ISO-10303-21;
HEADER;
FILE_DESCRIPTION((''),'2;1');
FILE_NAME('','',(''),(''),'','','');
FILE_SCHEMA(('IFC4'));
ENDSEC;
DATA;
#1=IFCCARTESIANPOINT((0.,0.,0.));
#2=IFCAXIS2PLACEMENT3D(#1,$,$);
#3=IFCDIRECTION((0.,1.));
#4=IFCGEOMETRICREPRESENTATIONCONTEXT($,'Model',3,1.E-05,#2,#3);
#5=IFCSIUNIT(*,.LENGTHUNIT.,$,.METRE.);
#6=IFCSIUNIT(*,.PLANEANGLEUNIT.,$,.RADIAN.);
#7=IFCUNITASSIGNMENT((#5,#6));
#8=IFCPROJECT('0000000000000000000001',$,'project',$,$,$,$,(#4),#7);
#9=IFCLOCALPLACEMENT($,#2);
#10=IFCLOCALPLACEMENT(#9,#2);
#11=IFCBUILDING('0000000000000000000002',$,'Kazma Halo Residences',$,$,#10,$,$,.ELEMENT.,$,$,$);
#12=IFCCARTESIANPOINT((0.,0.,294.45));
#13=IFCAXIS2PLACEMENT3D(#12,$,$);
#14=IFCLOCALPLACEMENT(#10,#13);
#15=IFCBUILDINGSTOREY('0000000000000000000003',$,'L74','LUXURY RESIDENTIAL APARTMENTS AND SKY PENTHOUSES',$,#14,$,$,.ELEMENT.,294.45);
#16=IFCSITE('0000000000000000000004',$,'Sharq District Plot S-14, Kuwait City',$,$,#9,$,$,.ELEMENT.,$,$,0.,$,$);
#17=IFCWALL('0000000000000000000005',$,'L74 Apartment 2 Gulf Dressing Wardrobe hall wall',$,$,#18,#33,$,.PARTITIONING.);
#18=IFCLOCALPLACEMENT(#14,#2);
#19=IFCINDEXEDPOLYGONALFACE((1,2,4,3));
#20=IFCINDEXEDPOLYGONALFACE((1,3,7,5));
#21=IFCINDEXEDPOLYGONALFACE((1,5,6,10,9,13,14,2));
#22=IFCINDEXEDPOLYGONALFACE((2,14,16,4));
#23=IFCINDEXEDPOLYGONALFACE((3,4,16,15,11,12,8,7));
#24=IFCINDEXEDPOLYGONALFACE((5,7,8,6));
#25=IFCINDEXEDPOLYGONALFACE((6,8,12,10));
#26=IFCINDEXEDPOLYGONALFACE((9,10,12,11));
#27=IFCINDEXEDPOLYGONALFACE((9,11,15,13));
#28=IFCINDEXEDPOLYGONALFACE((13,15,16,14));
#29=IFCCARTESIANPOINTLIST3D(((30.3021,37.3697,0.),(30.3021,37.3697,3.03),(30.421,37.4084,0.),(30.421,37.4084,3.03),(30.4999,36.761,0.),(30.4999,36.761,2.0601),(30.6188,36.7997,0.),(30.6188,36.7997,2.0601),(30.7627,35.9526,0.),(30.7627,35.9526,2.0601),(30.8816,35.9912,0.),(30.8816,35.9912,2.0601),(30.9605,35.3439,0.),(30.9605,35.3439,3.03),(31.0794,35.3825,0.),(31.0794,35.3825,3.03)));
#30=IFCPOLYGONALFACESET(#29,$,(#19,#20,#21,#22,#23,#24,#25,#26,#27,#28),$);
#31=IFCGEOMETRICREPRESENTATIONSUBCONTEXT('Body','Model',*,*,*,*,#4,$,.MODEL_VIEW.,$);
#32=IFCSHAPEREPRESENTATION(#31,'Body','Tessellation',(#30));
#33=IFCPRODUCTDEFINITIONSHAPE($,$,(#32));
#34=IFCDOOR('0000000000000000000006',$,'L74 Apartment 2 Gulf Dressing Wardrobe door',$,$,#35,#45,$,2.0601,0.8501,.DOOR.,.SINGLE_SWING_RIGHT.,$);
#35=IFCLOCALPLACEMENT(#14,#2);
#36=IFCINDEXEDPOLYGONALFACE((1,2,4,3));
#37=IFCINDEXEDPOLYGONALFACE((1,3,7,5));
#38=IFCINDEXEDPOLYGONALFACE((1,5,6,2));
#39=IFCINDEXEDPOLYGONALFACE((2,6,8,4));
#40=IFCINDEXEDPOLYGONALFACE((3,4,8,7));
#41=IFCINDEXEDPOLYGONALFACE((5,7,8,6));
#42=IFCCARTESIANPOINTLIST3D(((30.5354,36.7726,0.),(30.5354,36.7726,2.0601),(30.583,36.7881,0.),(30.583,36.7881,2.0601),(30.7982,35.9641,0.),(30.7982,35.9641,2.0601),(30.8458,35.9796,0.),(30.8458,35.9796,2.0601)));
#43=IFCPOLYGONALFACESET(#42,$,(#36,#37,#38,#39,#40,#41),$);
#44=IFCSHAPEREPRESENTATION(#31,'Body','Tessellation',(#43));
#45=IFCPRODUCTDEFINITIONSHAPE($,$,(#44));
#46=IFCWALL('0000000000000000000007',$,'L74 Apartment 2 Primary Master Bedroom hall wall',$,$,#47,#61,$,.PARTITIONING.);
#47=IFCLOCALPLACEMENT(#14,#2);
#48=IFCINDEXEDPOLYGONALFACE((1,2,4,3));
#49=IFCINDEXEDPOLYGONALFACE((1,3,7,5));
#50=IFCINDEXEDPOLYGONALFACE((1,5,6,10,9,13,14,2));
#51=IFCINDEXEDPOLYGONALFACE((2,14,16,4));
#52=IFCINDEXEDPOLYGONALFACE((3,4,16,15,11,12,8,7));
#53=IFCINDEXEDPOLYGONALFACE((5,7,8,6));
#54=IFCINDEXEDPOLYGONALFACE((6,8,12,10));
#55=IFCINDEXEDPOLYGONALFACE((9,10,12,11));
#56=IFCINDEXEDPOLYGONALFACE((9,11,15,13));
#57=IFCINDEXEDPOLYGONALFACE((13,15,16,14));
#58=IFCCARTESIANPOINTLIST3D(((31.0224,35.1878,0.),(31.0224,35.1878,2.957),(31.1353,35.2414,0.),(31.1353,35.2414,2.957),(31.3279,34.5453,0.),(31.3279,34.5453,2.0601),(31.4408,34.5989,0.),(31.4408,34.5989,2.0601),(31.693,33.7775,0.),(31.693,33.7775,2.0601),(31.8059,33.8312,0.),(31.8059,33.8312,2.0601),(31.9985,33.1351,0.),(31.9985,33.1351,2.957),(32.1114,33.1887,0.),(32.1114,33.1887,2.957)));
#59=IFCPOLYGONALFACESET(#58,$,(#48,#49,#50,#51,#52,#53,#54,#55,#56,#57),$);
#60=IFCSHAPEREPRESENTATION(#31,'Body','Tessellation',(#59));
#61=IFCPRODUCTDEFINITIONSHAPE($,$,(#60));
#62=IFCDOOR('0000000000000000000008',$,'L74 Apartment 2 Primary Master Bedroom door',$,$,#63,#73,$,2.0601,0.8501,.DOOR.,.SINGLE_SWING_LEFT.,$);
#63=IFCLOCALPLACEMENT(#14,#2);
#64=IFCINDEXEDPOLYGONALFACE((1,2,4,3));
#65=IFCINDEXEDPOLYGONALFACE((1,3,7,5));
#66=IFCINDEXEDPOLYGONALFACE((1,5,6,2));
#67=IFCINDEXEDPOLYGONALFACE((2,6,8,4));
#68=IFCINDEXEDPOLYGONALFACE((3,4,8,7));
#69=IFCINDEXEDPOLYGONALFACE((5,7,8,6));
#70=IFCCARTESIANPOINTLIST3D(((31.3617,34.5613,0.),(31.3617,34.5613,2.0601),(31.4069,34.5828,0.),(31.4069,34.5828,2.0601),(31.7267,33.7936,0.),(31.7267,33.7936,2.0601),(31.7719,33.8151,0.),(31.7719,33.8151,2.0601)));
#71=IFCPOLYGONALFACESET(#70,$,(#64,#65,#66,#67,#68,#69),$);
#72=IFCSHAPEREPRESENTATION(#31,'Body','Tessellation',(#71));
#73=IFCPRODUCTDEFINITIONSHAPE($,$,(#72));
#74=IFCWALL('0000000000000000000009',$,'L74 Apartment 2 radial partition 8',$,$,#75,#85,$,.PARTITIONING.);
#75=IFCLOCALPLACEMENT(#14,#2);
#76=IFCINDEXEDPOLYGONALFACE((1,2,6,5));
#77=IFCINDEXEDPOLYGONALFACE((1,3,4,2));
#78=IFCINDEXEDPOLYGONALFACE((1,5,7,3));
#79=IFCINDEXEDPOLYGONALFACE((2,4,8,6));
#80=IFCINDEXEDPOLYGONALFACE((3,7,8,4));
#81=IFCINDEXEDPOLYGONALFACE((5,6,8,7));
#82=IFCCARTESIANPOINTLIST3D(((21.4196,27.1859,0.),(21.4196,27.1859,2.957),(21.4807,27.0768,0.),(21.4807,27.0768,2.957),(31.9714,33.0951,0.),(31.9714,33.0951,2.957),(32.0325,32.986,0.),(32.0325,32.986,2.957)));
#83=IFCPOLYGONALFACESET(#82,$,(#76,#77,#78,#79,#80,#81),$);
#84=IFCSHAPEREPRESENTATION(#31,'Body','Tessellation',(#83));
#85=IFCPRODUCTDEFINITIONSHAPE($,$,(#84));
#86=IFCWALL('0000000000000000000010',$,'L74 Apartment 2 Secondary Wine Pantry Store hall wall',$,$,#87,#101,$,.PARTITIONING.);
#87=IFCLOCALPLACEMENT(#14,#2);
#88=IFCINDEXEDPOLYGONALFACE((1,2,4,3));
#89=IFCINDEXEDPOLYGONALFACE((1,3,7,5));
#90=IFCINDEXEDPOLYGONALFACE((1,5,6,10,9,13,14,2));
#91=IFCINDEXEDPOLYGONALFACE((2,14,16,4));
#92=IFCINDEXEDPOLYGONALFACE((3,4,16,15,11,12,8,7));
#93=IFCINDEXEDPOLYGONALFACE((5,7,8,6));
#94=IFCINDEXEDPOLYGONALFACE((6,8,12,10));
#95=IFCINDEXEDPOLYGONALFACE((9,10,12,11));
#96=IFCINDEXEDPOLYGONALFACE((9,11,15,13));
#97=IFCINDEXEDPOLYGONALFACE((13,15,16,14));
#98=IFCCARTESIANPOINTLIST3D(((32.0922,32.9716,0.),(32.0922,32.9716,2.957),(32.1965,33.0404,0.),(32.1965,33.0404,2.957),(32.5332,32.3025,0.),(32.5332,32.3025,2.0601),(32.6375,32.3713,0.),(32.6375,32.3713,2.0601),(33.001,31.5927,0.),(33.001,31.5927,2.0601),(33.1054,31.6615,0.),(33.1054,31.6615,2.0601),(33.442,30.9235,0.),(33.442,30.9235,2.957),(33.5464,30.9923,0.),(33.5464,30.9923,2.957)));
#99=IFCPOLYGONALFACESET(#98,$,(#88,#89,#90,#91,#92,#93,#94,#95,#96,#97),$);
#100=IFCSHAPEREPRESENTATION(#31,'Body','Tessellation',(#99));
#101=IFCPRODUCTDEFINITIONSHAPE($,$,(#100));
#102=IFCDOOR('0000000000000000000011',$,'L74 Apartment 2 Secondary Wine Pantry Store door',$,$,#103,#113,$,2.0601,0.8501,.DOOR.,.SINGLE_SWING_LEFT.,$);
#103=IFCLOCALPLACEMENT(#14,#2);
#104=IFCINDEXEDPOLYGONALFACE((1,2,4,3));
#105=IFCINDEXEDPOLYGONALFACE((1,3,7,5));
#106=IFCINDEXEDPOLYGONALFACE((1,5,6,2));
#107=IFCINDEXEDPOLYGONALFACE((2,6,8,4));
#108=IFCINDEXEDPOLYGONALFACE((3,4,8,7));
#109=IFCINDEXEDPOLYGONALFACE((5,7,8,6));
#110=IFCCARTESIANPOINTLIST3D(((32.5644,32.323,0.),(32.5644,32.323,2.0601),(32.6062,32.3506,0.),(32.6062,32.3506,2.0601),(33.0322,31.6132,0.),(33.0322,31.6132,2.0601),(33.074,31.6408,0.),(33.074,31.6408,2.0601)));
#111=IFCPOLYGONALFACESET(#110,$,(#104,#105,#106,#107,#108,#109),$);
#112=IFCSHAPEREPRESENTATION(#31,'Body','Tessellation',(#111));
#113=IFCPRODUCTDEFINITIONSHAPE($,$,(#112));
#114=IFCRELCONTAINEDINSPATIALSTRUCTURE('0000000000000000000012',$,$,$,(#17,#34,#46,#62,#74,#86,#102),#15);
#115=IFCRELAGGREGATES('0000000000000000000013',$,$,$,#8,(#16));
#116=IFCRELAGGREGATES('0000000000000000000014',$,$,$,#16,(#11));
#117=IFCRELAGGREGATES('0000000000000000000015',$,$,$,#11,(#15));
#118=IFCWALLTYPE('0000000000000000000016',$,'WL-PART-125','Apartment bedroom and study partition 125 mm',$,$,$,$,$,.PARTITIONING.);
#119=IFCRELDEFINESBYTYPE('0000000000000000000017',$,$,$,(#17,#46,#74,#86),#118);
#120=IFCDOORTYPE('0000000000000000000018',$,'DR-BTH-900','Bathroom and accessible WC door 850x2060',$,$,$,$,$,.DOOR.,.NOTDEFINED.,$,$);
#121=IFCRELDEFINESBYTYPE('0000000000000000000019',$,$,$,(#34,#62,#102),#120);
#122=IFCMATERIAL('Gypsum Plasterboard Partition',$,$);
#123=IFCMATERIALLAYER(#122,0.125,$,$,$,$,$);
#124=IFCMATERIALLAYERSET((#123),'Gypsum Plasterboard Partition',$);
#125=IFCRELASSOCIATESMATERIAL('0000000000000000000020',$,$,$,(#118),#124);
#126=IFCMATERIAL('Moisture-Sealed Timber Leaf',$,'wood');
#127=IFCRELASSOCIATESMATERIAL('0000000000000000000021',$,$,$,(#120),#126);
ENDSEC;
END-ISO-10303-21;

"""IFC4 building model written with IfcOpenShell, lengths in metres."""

from ifc_helpers import new_model, si_unit, direction, frame, frame_2d, origin, place, context, subcontext, project, spatial, rectangle, extrude, material, layer, layer_set, type_object, element, fill, save


model = new_model("IFC4")

# Units and contexts
model_context = context("Model", 3, precision=1e-05, world=origin(), true_north=direction((0.0, 1.0)))
body_context = subcontext(model_context, "Body", "Model", "MODEL_VIEW")
ifc_project = project(units=[si_unit("LENGTHUNIT", "METRE"), si_unit("PLANEANGLEUNIT", "RADIAN")], contexts=[model_context])

# Site, building, storey
site_placement = place(None, origin())
site = spatial("IfcSite", under=ifc_project, at=site_placement, Name="Sharq District Plot S-14, Kuwait City", CompositionType="ELEMENT", RefElevation=0.0)
building_placement = place(site_placement, origin())
building = spatial("IfcBuilding", under=site, at=building_placement, Name="Kazma Halo Residences", CompositionType="ELEMENT")
storey_placement = place(building_placement, frame((0.0, 0.0, 294.45)))
storey = spatial("IfcBuildingStorey", under=building, at=storey_placement, Name="L74", Description="LUXURY RESIDENTIAL APARTMENTS AND SKY PENTHOUSES", CompositionType="ELEMENT", Elevation=294.45)

# Shared definitions
ifc_material_1 = material(Name="Gypsum Plasterboard Partition")
ifc_layer_1 = layer(ifc_material_1, 0.125)
ifc_layer_set_1 = layer_set([ifc_layer_1], Name="Gypsum Plasterboard Partition")
wall_type_1 = type_object("IfcWallType", Name="WL-PART-125", Description="Apartment bedroom and study partition 125 mm", PredefinedType="PARTITIONING", material=ifc_layer_set_1)

# Walls, openings, doors
ifc_material_2 = material(Name="Moisture-Sealed Timber Leaf", Category="wood")
door_type = type_object("IfcDoorType", Name="DR-BTH-900", Description="Bathroom and accessible WC door 850x2060", OperationType="NOTDEFINED", PredefinedType="DOOR", material=ifc_material_2)
wall_1_placement = place(storey_placement, frame((30.3616, 37.3889, 0.0), z_axis=(0.0, 0.0, 1.0), x_axis=(0.309102, -0.951029, 0.0)))
wall_1 = element("IfcWall", 1, at=wall_1_placement, inside=storey, type_object=wall_type_1, Name="L74 Apartment 2 Gulf Dressing Wardrobe hall wall", PredefinedType="PARTITIONING", context=body_context, shape_type="SweptSolid", body=[
    extrude(rectangle(XDim=2.1301, YDim=0.125, at=frame_2d((1.0649, 0.0))), origin(), (0.0, 0.0, 1.0), 3.03),
])
opening_1_placement = place(wall_1_placement, frame((0.6399, 0.0, 0.0)))
opening_1 = element("IfcOpeningElement", 2, at=opening_1_placement, cuts=wall_1, PredefinedType="OPENING", context=body_context, shape_type="SweptSolid", body=[
    extrude(rectangle(XDim=0.8501, YDim=2.0601, at=frame_2d((0.425, 1.03))), frame((0.0, 0.0725, 0.0), z_axis=(0.0, -1.0, 0.0), x_axis=(1.0, 0.0, 0.0)), (0.0, 0.0, 1.0), 0.145),
])
door_1_placement = place(opening_1_placement, origin())
door_1 = element("IfcDoor", 3, at=door_1_placement, inside=storey, type_object=door_type, Name="L74 Apartment 2 Gulf Dressing Wardrobe door", OperationType="SINGLE_SWING_RIGHT", OverallHeight=2.0601, OverallWidth=0.8501, PredefinedType="DOOR", context=body_context, shape_type="SweptSolid", body=[
    extrude(rectangle(XDim=0.8501, YDim=2.0601, at=frame_2d((0.425, 1.03))), frame((0.0, 0.0249, 0.0), z_axis=(0.0, -1.0, 0.0), x_axis=(1.0, 0.0, 0.0)), (0.0, 0.0, 1.0), 0.05),
])
fill(opening_1, door_1)
wall_2_placement = place(storey_placement, frame((31.0789, 35.2146, 0.0), z_axis=(0.0, 0.0, 1.0), x_axis=(0.429425, -0.903103, 0.0)))
wall_2 = element("IfcWall", 4, at=wall_2_placement, inside=storey, type_object=wall_type_1, Name="L74 Apartment 2 Primary Master Bedroom hall wall", PredefinedType="PARTITIONING", context=body_context, shape_type="SweptSolid", body=[
    extrude(rectangle(XDim=2.2729, YDim=0.125, at=frame_2d((1.1365, 0.0))), origin(), (0.0, 0.0, 1.0), 2.957),
])
opening_2_placement = place(wall_2_placement, frame((0.7114, 0.0, 0.0)))
opening_2 = element("IfcOpeningElement", 5, at=opening_2_placement, cuts=wall_2, PredefinedType="OPENING", context=body_context, shape_type="SweptSolid", body=[
    extrude(rectangle(XDim=0.8501, YDim=2.0601, at=frame_2d((0.425, 1.03))), frame((0.0, 0.0725, 0.0), z_axis=(0.0, -1.0, 0.0), x_axis=(1.0, 0.0, 0.0)), (0.0, 0.0, 1.0), 0.145),
])
door_2_placement = place(opening_2_placement, origin())
door_2 = element("IfcDoor", 6, at=door_2_placement, inside=storey, type_object=door_type, Name="L74 Apartment 2 Primary Master Bedroom door", OperationType="SINGLE_SWING_LEFT", OverallHeight=2.0601, OverallWidth=0.8501, PredefinedType="DOOR", context=body_context, shape_type="SweptSolid", body=[
    extrude(rectangle(XDim=0.8501, YDim=2.0601, at=frame_2d((0.425, 1.03))), frame((0.0, 0.0249, 0.0), z_axis=(0.0, -1.0, 0.0), x_axis=(1.0, 0.0, 0.0)), (0.0, 0.0, 1.0), 0.05),
])
fill(opening_2, door_2)

# Wall
wall_3_placement = place(storey_placement, frame((32.002, 33.0405, 0.0), z_axis=(0.0, 0.0, 1.0), x_axis=(-0.872499, -0.488616, 0.0)))
element("IfcWall", 7, at=wall_3_placement, inside=storey, type_object=wall_type_1, Name="L74 Apartment 2 radial partition 8", PredefinedType="PARTITIONING", context=body_context, shape_type="SweptSolid", body=[
    extrude(rectangle(XDim=12.0938, YDim=0.125, at=frame_2d((6.0469, 0.0))), origin(), (0.0, 0.0, 1.0), 2.957),
])

# Wall, opening, door
wall_4_placement = place(storey_placement, frame((32.1443, 33.0061, 0.0), z_axis=(0.0, 0.0, 1.0), x_axis=(0.550305, -0.834963, 0.0)))
wall_4 = element("IfcWall", 8, at=wall_4_placement, inside=storey, type_object=wall_type_1, Name="L74 Apartment 2 Secondary Wine Pantry Store hall wall", PredefinedType="PARTITIONING", context=body_context, shape_type="SweptSolid", body=[
    extrude(rectangle(XDim=2.4529, YDim=0.125, at=frame_2d((1.2266, 0.0))), origin(), (0.0, 0.0, 1.0), 2.957),
])
opening_3_placement = place(wall_4_placement, frame((0.8015, 0.0, 0.0)))
opening_3 = element("IfcOpeningElement", 9, at=opening_3_placement, cuts=wall_4, PredefinedType="OPENING", context=body_context, shape_type="SweptSolid", body=[
    extrude(rectangle(XDim=0.8501, YDim=2.0601, at=frame_2d((0.425, 1.03))), frame((0.0, 0.0725, 0.0), z_axis=(0.0, -1.0, 0.0), x_axis=(1.0, 0.0, 0.0)), (0.0, 0.0, 1.0), 0.145),
])
door_3_placement = place(opening_3_placement, origin())
door_3 = element("IfcDoor", 10, at=door_3_placement, inside=storey, type_object=door_type, Name="L74 Apartment 2 Secondary Wine Pantry Store door", OperationType="SINGLE_SWING_LEFT", OverallHeight=2.0601, OverallWidth=0.8501, PredefinedType="DOOR", context=body_context, shape_type="SweptSolid", body=[
    extrude(rectangle(XDim=0.8501, YDim=2.0601, at=frame_2d((0.425, 1.03))), frame((0.0, 0.0249, 0.0), z_axis=(0.0, -1.0, 0.0), x_axis=(1.0, 0.0, 0.0)), (0.0, 0.0, 1.0), 0.05),
])
fill(opening_3, door_3)

save(model, "model.ifc")
